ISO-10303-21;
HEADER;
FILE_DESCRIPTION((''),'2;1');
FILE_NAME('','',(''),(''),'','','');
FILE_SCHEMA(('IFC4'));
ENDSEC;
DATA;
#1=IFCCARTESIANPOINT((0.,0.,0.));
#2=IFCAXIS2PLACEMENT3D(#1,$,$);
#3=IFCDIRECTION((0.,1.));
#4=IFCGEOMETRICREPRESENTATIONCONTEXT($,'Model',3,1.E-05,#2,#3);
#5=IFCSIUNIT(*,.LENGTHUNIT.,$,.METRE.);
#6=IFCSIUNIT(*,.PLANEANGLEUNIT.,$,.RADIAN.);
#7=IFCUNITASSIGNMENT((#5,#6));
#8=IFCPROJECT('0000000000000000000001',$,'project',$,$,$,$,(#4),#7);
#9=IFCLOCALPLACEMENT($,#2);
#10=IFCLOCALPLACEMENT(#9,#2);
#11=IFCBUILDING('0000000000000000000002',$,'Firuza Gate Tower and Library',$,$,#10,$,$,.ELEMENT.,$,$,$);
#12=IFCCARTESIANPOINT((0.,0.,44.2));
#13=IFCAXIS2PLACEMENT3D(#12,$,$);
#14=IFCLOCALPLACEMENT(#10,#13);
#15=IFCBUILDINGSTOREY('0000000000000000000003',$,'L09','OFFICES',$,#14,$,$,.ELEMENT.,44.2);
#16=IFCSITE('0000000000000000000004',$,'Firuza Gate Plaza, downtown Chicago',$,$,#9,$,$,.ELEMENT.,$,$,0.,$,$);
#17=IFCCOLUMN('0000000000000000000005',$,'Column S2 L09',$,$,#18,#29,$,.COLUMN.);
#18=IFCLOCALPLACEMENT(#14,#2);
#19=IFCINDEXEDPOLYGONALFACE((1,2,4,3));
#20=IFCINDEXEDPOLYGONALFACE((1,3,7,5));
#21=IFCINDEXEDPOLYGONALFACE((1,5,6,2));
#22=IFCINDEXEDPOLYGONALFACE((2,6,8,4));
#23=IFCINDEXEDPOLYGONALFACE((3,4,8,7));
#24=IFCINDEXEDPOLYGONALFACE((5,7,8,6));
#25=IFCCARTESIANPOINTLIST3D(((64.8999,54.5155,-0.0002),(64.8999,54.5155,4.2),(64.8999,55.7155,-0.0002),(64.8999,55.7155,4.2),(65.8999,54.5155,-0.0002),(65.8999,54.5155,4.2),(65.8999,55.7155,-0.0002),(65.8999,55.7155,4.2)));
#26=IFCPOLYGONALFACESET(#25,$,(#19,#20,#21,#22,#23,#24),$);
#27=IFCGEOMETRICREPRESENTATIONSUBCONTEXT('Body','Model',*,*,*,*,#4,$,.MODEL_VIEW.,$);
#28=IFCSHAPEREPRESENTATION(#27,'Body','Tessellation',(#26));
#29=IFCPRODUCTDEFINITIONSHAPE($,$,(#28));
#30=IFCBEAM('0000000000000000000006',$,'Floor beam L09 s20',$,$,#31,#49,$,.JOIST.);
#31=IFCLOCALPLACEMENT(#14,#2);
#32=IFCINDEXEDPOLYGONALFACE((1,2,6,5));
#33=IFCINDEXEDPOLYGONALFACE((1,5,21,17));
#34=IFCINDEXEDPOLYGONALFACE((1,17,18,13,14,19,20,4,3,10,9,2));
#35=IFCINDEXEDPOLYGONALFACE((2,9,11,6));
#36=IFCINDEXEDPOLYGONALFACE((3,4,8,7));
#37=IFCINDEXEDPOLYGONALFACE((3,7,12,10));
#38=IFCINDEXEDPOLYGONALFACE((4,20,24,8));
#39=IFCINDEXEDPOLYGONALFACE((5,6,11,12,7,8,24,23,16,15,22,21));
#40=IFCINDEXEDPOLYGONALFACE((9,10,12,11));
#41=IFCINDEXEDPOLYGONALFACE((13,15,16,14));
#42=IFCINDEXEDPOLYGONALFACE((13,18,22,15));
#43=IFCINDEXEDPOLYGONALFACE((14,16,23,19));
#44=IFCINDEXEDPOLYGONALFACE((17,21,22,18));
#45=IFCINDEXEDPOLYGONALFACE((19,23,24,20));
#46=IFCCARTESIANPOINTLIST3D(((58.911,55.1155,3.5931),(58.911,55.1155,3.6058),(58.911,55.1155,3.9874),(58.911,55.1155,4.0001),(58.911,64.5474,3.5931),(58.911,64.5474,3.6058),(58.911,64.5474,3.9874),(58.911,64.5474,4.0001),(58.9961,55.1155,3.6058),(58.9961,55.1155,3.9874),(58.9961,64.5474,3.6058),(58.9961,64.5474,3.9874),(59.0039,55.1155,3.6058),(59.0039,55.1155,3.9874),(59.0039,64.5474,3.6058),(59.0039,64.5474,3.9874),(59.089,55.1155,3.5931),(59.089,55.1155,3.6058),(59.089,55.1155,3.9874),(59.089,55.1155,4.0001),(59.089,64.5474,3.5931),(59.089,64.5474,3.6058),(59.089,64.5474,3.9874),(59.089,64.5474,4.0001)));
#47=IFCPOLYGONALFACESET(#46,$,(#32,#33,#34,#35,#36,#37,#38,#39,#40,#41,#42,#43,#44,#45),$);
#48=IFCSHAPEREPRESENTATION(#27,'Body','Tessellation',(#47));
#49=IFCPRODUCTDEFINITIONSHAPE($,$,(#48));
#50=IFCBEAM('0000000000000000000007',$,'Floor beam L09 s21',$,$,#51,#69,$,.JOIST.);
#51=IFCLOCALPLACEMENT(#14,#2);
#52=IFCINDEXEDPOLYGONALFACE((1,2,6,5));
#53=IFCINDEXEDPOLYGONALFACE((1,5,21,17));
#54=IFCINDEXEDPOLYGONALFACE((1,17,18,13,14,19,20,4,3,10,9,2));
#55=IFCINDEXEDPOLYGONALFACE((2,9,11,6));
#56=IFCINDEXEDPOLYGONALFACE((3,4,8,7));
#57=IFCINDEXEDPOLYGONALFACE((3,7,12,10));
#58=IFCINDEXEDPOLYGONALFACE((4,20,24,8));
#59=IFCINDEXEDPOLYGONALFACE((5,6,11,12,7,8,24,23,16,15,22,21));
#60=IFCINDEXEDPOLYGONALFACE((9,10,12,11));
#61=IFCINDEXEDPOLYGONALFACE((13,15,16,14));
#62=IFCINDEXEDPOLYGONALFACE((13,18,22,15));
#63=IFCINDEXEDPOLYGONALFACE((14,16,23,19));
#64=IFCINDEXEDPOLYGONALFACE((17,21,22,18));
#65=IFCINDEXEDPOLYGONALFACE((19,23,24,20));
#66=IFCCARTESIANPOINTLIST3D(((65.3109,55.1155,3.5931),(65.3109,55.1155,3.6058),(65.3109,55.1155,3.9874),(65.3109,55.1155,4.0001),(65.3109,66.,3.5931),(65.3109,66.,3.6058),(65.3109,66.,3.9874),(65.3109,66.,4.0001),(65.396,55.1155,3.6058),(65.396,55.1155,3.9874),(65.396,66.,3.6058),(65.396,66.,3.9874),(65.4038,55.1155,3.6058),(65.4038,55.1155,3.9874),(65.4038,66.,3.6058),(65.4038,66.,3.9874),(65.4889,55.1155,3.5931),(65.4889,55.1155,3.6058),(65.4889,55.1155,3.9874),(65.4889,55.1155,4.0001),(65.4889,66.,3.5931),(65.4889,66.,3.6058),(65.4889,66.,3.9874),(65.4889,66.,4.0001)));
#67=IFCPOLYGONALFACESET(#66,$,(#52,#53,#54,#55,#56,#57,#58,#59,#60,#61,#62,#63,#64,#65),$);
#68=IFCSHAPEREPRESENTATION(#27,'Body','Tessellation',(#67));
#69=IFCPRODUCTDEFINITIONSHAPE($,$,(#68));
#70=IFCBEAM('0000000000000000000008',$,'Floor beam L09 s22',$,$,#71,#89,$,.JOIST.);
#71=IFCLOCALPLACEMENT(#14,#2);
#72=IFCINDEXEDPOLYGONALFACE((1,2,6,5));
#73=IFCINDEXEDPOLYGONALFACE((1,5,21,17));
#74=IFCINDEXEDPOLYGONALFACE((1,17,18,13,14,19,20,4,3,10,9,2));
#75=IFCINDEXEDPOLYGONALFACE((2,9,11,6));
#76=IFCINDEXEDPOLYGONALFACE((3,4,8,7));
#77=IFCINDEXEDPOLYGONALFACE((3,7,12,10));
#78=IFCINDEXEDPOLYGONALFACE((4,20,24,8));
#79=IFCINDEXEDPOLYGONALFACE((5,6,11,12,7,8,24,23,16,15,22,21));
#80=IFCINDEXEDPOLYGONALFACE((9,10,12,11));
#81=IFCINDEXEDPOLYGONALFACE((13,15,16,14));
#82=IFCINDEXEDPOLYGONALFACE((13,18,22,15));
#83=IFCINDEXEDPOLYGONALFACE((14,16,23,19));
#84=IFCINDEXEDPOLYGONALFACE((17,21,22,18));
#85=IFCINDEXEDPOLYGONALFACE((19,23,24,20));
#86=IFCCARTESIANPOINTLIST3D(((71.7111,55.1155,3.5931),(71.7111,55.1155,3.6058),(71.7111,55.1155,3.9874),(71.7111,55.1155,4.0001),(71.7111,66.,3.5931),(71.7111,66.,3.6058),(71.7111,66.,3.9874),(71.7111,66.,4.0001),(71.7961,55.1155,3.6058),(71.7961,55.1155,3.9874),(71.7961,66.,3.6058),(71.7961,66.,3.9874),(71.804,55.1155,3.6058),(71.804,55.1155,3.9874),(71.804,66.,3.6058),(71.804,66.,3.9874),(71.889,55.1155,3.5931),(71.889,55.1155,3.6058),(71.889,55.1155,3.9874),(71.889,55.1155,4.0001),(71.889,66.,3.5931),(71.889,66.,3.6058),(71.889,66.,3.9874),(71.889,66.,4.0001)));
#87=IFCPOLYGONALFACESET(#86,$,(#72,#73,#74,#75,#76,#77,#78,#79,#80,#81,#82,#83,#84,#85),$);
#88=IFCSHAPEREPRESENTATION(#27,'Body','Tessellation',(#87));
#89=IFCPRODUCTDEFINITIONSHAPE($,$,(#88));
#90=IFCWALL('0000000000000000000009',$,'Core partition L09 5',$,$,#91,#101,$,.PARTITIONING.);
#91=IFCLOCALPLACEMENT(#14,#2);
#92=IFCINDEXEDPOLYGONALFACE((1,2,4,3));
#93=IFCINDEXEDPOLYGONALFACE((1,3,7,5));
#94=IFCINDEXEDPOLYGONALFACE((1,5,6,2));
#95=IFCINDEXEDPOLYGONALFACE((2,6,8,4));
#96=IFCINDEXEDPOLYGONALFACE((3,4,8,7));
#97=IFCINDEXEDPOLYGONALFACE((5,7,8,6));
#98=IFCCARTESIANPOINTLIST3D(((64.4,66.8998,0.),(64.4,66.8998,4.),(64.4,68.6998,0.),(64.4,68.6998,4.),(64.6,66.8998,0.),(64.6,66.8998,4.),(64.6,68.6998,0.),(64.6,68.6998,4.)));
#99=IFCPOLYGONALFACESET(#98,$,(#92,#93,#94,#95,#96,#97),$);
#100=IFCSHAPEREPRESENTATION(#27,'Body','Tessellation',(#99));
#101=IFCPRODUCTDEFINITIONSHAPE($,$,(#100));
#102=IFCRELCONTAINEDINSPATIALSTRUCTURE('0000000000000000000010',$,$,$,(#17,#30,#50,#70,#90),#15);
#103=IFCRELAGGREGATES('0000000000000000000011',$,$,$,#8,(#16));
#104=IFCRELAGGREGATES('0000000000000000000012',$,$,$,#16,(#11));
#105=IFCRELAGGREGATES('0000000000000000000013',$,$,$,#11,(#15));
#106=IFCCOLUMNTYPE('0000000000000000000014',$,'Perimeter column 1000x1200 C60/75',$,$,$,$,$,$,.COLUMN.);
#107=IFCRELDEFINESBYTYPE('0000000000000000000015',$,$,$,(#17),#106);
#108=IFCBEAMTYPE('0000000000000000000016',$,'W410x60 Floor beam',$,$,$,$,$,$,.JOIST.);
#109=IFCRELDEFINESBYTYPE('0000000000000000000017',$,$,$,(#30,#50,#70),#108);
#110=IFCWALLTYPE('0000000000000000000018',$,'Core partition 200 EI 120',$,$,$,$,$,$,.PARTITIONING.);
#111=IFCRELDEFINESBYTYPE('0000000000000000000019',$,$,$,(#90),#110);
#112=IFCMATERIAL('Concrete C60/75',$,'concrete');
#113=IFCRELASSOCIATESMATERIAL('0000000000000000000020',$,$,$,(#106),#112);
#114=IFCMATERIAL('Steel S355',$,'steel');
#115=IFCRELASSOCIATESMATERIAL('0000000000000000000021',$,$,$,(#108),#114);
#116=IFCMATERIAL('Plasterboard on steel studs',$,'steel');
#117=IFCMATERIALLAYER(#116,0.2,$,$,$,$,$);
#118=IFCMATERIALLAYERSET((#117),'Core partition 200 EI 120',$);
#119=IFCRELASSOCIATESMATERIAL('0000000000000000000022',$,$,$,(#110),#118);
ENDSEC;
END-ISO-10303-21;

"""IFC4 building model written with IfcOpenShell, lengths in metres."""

from ifc_helpers import new_model, si_unit, direction, frame, frame_2d, origin, origin_2d, place, context, subcontext, project, spatial, rectangle, i_section, extrude, material, layer, layer_set, material_profile, profile_set, type_object, element, save


model = new_model("IFC4")

# Units and contexts
model_context = context("Model", 3, precision=1e-05, world=origin(), true_north=direction((0.0, 1.0)))
body_context = subcontext(model_context, "Body", "Model", "MODEL_VIEW")
ifc_project = project(units=[si_unit("LENGTHUNIT", "METRE"), si_unit("PLANEANGLEUNIT", "RADIAN")], contexts=[model_context])

# Site, building, storey
site_placement = place(None, origin())
site = spatial("IfcSite", under=ifc_project, at=site_placement, Name="Firuza Gate Plaza, downtown Chicago", CompositionType="ELEMENT", RefElevation=0.0)
building_placement = place(site_placement, origin())
building = spatial("IfcBuilding", under=site, at=building_placement, Name="Firuza Gate Tower and Library", CompositionType="ELEMENT")
storey_placement = place(building_placement, frame((0.0, 0.0, 44.2)))
storey = spatial("IfcBuildingStorey", under=building, at=storey_placement, Name="L09", Description="OFFICES", CompositionType="ELEMENT", Elevation=44.2)

# Column
ifc_material_1 = material(Name="Concrete C60/75", Category="concrete")
ifc_material_profile_1 = material_profile(ifc_material_1, rectangle(XDim=1.0, YDim=1.2, at=origin_2d()))
ifc_profile_set_1 = profile_set([ifc_material_profile_1], Name="Concrete C60/75")
column_type = type_object("IfcColumnType", Name="Perimeter column 1000x1200 C60/75", PredefinedType="COLUMN", material=ifc_profile_set_1)
column_placement = place(storey_placement, frame((65.3999, 55.1155, -0.0002), z_axis=(0.0, 0.0, 1.0), x_axis=(1.0, 0.0, 0.0)))
element("IfcColumn", 1, at=column_placement, inside=storey, type_object=column_type, Name="Column S2 L09", PredefinedType="COLUMN", context=body_context, shape_type="SweptSolid", body=[
    extrude(rectangle(XDim=1.0, YDim=1.2, at=origin_2d()), origin(), (0.0, 0.0, 1.0), 4.2002),
])

# Beams
ifc_material_2 = material(Name="Steel S355", Category="steel")
ifc_material_profile_2 = material_profile(ifc_material_2, i_section(OverallWidth=0.178, OverallDepth=0.407, WebThickness=0.0078, FlangeThickness=0.0127, at=origin_2d()))
ifc_profile_set_2 = profile_set([ifc_material_profile_2], Name="Steel S355")
beam_type = type_object("IfcBeamType", Name="W410x60 Floor beam", PredefinedType="JOIST", material=ifc_profile_set_2)
beam_placement = place(storey_placement, frame((59.0, 55.1155, 3.7966), z_axis=(0.0, 1.0, 0.0), x_axis=(-1.0, 0.0, 0.0)))
element("IfcBeam", 2, at=beam_placement, inside=storey, type_object=beam_type, Name="Floor beam L09 s20", PredefinedType="JOIST", context=body_context, shape_type="SweptSolid", body=[
    extrude(i_section(OverallWidth=0.178, OverallDepth=0.407, WebThickness=0.0078, FlangeThickness=0.0127, at=origin_2d()), origin(), (0.0, 0.0, 1.0), 9.4319),
])
for number, where, z_axis, x_axis, name in (
    (3, (65.3999, 55.1155, 3.7966), (0.0, 1.0, 0.0), (-1.0, 0.0, 0.0), "Floor beam L09 s21"),
    (4, (71.8, 55.1155, 3.7966), (0.0, 1.0, 0.0), (-1.0, 0.0, 0.0), "Floor beam L09 s22"),
):
    element("IfcBeam", number, at=place(storey_placement, frame(where, z_axis=z_axis, x_axis=x_axis)), inside=storey, type_object=beam_type, Name=name, PredefinedType="JOIST", context=body_context, shape_type="SweptSolid", body=[
        extrude(i_section(OverallWidth=0.178, OverallDepth=0.407, WebThickness=0.0078, FlangeThickness=0.0127, at=origin_2d()), origin(), (0.0, 0.0, 1.0), 10.8845),
    ])

# Wall
ifc_material_3 = material(Name="Plasterboard on steel studs", Category="steel")
ifc_layer_1 = layer(ifc_material_3, 0.2)
ifc_layer_set_1 = layer_set([ifc_layer_1], Name="Core partition 200 EI 120")
wall_type_1 = type_object("IfcWallType", Name="Core partition 200 EI 120", PredefinedType="PARTITIONING", material=ifc_layer_set_1)
wall_1_placement = place(storey_placement, frame((64.5, 66.8999, 0.0), z_axis=(0.0, 0.0, 1.0), x_axis=(0.0, 1.0, 0.0)))
element("IfcWall", 5, at=wall_1_placement, inside=storey, type_object=wall_type_1, Name="Core partition L09 5", PredefinedType="PARTITIONING", context=body_context, shape_type="SweptSolid", body=[
    extrude(rectangle(XDim=1.8, YDim=0.2, at=frame_2d((0.8999, 0.0))), origin(), (0.0, 0.0, 1.0), 4.0),
])

save(model, "model.ifc")
